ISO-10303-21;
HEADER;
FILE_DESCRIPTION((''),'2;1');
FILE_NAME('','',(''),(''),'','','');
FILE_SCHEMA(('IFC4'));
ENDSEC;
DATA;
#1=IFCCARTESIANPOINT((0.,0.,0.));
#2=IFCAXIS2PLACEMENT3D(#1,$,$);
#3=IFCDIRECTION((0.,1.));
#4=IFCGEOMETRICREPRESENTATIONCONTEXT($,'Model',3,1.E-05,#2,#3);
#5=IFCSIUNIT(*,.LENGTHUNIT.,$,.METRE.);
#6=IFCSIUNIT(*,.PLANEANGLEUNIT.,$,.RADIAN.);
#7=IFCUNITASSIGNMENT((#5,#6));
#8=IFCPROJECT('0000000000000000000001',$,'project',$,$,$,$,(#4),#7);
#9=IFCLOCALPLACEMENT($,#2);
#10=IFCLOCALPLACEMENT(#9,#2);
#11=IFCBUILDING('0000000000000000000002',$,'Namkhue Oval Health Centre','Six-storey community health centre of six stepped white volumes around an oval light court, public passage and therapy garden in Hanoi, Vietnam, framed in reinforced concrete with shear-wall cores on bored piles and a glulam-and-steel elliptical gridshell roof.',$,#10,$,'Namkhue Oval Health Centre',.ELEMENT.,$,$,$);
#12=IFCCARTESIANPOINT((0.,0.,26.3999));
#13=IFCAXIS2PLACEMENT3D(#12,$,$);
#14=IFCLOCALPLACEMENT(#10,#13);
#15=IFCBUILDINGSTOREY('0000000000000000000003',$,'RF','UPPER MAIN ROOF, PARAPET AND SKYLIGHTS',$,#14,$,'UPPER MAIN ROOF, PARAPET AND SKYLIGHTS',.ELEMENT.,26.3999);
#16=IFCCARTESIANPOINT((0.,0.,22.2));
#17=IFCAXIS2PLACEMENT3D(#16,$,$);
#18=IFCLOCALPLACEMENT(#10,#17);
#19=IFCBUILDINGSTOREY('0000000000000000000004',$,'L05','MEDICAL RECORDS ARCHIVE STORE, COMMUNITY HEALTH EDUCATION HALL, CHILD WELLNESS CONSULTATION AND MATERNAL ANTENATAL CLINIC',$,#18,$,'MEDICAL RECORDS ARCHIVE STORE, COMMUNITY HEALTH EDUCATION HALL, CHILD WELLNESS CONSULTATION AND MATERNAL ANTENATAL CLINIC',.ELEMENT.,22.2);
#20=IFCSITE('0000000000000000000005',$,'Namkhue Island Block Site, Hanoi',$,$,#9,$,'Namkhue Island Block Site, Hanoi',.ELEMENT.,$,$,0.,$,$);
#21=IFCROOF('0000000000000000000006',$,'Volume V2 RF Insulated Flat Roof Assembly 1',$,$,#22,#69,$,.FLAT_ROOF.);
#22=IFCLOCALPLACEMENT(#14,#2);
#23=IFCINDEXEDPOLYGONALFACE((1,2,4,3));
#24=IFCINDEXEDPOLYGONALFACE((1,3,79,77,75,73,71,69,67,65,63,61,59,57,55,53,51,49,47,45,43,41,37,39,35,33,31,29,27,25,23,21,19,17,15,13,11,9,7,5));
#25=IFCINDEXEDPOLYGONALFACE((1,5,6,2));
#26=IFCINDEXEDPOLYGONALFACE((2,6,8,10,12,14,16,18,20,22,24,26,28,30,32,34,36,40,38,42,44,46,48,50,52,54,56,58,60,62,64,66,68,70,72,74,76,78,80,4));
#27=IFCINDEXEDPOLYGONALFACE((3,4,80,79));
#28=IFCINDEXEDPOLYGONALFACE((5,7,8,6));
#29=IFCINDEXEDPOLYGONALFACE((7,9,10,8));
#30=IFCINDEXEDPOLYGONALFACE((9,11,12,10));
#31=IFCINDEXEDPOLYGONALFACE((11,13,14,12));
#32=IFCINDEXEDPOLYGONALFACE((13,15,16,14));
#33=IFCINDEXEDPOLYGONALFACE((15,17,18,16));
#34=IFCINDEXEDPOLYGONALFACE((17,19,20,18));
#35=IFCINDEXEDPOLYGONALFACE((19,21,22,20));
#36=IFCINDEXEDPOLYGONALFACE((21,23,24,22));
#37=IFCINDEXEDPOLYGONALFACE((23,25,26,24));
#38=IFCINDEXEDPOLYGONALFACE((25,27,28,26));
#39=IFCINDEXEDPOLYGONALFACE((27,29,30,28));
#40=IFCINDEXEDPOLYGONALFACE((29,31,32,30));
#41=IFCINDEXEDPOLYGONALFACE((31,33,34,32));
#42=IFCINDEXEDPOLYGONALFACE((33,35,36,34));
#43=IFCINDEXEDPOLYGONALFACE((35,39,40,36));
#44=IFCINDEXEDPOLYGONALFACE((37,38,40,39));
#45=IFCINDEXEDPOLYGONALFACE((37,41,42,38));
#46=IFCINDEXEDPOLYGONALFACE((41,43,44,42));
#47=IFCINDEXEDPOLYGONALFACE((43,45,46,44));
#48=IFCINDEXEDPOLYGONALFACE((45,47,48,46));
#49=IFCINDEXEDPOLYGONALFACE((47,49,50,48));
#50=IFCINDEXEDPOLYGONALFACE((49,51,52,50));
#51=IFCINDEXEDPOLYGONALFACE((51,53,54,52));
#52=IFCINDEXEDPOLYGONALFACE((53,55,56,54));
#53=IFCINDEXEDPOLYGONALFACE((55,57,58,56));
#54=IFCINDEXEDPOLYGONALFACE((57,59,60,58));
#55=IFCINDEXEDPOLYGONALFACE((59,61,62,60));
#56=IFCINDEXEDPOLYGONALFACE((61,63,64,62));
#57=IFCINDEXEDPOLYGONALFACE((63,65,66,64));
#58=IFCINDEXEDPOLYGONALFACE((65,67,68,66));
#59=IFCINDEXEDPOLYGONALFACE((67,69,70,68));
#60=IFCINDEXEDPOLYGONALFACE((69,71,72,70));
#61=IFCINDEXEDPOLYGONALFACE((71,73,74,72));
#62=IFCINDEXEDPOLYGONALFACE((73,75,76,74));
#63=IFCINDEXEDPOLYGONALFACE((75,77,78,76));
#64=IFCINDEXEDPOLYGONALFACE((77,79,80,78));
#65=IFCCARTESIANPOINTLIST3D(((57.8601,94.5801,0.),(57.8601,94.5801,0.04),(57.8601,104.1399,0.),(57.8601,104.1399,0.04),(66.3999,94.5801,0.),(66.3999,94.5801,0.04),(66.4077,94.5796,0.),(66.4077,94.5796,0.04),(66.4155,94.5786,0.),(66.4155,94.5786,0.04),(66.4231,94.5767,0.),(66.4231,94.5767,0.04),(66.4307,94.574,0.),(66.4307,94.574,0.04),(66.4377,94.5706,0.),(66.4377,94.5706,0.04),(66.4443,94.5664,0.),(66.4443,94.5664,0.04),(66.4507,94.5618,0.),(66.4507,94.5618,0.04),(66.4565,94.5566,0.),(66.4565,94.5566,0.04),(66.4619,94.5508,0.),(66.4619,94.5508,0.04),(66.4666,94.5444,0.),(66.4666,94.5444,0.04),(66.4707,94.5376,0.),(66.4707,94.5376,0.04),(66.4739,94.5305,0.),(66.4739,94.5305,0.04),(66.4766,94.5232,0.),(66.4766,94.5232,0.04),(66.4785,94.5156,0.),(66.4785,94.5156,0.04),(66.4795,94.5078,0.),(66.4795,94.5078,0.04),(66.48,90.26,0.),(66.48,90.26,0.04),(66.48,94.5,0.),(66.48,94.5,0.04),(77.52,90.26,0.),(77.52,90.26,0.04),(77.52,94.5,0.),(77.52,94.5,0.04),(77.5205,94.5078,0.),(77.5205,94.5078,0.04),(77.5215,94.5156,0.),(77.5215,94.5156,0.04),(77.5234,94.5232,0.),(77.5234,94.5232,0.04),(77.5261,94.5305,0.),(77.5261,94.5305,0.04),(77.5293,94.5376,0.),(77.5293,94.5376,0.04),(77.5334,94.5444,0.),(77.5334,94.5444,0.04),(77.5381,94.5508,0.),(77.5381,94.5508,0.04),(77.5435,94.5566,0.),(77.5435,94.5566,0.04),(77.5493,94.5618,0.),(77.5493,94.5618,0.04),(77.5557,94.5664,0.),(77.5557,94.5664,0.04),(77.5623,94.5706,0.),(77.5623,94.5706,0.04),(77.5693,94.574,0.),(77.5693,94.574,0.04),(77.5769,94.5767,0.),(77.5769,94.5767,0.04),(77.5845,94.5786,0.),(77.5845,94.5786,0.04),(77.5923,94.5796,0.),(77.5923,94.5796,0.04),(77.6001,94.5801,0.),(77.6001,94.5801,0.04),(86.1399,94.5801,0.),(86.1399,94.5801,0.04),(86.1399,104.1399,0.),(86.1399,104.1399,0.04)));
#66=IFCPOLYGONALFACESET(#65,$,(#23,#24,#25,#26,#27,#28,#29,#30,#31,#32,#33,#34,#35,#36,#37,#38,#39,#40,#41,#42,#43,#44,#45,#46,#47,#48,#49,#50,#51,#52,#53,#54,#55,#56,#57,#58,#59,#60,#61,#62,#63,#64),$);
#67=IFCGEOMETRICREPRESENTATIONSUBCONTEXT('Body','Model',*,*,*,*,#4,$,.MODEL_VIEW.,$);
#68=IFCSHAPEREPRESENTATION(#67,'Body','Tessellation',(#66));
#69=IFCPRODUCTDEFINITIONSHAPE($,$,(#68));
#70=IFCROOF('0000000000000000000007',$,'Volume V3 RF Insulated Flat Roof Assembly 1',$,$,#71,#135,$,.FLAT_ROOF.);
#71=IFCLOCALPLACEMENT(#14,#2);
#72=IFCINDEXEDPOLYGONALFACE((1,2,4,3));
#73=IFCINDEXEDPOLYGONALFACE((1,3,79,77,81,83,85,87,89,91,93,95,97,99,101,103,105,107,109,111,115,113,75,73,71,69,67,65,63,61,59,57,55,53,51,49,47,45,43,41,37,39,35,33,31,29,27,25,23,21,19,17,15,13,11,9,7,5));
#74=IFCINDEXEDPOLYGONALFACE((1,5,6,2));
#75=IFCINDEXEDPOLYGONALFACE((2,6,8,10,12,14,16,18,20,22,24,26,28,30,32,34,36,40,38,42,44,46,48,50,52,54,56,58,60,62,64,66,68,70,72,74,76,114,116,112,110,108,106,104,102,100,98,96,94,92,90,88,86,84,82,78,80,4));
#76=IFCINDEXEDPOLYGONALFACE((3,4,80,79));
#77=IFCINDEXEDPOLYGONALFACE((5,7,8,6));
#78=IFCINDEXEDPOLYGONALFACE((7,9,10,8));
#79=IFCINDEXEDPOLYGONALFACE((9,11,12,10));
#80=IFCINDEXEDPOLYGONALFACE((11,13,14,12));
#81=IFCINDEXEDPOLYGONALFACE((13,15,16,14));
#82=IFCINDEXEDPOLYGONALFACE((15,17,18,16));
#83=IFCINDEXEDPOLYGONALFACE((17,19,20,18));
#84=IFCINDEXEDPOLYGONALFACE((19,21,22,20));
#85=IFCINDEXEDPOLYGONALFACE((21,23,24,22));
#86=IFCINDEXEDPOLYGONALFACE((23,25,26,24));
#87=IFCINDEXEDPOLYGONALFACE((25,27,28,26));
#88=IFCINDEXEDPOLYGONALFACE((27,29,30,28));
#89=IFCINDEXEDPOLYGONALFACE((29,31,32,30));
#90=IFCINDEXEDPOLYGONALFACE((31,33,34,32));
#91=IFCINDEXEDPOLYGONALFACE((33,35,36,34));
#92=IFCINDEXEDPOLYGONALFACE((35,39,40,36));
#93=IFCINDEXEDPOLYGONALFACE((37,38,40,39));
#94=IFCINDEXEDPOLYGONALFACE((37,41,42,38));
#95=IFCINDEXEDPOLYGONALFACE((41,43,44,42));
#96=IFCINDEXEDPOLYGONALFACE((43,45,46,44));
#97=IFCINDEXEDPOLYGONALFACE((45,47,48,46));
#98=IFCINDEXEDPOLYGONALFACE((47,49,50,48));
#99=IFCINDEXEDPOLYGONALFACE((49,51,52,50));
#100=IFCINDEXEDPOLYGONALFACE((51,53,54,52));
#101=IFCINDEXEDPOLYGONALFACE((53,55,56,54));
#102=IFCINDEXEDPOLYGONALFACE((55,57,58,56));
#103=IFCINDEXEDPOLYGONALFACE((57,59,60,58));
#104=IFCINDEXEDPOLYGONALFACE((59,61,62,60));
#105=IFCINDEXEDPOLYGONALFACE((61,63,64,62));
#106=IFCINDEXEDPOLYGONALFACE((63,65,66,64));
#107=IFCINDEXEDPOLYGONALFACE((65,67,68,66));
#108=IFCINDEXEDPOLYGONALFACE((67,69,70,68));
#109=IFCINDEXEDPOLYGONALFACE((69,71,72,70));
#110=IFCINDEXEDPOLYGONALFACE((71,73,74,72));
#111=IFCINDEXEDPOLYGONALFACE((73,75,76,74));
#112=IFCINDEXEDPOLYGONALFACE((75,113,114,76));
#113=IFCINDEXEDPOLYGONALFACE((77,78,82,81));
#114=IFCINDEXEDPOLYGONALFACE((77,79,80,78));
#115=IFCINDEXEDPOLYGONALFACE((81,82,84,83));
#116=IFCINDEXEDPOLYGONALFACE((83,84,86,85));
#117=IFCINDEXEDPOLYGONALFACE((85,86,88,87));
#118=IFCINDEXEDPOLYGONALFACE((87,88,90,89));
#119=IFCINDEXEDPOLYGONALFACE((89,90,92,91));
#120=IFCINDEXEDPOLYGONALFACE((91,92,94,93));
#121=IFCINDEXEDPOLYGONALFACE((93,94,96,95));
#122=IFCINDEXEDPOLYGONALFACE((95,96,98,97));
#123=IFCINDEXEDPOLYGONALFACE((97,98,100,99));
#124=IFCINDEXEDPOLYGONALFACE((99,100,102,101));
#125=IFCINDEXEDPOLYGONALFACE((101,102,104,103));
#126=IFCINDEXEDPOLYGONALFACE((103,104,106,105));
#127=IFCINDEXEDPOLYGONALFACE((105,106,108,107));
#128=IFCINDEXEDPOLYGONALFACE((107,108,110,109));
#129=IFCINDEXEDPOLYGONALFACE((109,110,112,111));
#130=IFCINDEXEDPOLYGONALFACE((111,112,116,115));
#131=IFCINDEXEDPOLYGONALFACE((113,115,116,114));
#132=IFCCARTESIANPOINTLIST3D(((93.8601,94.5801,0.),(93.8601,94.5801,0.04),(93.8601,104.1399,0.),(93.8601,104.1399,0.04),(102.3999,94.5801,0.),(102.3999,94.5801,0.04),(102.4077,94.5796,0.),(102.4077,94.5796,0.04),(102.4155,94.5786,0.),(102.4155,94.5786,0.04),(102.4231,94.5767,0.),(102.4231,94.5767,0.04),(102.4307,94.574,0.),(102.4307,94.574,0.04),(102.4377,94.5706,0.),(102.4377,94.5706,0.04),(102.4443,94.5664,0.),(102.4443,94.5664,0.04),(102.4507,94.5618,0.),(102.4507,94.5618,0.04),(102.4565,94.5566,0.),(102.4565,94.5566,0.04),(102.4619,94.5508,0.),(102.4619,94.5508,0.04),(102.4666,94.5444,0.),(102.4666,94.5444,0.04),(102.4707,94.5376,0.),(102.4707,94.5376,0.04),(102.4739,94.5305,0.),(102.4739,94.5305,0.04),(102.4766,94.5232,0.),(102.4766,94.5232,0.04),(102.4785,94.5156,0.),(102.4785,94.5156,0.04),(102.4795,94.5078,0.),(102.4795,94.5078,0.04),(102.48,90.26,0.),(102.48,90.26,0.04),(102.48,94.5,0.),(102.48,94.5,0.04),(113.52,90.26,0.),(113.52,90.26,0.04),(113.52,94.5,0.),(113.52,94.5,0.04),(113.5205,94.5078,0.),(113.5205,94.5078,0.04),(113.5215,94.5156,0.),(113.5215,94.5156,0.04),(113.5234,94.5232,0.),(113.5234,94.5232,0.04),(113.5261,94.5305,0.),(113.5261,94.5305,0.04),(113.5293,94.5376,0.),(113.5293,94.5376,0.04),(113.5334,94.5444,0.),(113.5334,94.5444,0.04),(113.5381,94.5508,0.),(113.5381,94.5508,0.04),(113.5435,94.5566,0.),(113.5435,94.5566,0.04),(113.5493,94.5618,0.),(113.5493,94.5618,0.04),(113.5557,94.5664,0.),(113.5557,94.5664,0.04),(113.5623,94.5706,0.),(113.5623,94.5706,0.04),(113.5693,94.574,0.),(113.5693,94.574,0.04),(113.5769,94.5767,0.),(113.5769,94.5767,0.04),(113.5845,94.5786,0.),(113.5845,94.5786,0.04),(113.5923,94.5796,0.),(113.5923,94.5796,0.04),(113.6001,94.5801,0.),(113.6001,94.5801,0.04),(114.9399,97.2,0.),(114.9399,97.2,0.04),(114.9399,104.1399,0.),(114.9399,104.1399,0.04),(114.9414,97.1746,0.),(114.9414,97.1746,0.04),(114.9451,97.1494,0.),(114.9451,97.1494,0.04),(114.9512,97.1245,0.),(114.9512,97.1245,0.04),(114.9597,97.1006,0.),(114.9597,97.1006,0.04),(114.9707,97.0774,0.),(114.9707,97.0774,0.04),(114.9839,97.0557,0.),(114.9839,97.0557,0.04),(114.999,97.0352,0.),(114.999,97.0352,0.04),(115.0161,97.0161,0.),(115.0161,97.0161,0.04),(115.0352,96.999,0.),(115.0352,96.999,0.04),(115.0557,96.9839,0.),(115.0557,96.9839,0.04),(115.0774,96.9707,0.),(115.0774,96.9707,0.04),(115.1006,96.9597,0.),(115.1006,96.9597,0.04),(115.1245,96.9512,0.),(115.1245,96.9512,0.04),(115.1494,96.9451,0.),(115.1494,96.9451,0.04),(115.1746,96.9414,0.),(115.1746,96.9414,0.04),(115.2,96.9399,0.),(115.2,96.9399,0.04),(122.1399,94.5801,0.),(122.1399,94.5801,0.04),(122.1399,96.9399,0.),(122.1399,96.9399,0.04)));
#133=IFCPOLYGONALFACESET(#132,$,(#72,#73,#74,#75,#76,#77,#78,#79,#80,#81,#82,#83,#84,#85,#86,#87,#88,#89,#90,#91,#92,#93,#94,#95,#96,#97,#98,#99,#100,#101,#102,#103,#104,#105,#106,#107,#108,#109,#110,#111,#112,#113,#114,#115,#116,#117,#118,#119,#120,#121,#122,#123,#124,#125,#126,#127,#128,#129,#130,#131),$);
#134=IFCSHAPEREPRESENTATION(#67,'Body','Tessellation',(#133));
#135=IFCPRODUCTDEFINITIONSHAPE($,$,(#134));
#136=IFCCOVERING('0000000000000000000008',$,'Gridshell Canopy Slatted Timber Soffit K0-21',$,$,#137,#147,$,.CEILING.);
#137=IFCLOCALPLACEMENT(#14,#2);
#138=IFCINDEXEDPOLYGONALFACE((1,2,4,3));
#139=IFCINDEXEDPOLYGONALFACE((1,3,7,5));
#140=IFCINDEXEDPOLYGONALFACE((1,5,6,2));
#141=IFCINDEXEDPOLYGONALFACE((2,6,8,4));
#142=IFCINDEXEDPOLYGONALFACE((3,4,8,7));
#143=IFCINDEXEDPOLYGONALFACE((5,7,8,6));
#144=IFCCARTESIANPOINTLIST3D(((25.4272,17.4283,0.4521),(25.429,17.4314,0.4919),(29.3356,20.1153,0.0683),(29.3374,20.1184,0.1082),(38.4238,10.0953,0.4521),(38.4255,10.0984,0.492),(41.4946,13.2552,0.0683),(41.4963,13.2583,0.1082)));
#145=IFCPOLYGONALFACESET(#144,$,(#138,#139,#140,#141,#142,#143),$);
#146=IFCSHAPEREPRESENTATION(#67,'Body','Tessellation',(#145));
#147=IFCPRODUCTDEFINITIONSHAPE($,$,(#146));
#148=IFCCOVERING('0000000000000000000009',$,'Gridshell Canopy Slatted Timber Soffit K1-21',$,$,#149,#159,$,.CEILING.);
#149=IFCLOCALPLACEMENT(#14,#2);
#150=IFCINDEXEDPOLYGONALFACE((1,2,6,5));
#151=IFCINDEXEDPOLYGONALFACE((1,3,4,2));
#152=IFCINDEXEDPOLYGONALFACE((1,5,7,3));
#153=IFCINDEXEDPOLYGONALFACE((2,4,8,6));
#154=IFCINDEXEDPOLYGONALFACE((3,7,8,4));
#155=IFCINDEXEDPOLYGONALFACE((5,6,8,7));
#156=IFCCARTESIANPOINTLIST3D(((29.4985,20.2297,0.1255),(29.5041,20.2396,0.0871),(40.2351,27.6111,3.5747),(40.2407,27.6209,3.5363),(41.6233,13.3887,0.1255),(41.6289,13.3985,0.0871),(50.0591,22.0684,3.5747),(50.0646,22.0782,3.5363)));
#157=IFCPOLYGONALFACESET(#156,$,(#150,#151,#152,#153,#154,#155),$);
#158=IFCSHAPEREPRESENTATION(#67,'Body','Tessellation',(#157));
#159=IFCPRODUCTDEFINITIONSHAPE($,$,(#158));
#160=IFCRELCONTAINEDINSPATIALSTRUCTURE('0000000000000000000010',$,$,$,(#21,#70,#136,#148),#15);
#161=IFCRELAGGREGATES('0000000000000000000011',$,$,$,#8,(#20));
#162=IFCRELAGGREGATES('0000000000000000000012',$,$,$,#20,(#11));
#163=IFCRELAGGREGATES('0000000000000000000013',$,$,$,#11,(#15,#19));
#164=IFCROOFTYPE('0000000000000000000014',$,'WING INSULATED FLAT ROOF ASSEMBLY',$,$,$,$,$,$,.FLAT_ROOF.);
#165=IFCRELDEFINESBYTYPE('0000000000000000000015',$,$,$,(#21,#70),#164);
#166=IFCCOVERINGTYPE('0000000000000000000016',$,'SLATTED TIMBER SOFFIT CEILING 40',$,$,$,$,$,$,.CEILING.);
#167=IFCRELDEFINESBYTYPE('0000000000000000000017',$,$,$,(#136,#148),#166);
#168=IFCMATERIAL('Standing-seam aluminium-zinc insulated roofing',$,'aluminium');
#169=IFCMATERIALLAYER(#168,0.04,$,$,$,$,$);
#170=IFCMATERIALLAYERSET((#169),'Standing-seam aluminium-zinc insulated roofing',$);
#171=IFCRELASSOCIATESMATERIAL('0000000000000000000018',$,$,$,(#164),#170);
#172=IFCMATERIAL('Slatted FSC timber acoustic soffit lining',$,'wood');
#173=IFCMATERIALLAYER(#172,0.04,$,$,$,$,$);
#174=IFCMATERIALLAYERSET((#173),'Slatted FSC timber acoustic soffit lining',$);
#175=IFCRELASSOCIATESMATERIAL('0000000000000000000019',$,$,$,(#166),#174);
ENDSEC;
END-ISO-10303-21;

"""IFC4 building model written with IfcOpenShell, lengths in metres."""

from ifc_helpers import new_model, si_unit, direction, frame, origin, place, context, subcontext, project, spatial, polyline, outline, extrude, material, layer, layer_set, type_object, element, save


model = new_model("IFC4")

# Units and contexts
model_context = context("Model", 3, precision=1e-05, world=origin(), true_north=direction((0.0, 1.0)))
body_context = subcontext(model_context, "Body", "Model", "MODEL_VIEW")
ifc_project = project(units=[si_unit("LENGTHUNIT", "METRE"), si_unit("PLANEANGLEUNIT", "RADIAN")], contexts=[model_context])

# Site, building, storey
site_placement = place(None, origin())
site = spatial("IfcSite", under=ifc_project, at=site_placement, Name="Namkhue Island Block Site, Hanoi", LongName="Namkhue Island Block Site, Hanoi", CompositionType="ELEMENT", RefElevation=0.0)
building_placement = place(site_placement, origin())
building = spatial("IfcBuilding", under=site, at=building_placement, Name="Namkhue Oval Health Centre", Description="Six-storey community health centre of six stepped white volumes around an oval light court, public passage and therapy garden in Hanoi, Vietnam, framed in reinforced concrete with shear-wall cores on bored piles and a glulam-and-steel elliptical gridshell roof.", LongName="Namkhue Oval Health Centre", CompositionType="ELEMENT")
storey_1_placement = place(building_placement, frame((0.0, 0.0, 26.3999)))
storey_1 = spatial("IfcBuildingStorey", under=building, at=storey_1_placement, Name="RF", Description="UPPER MAIN ROOF, PARAPET AND SKYLIGHTS", LongName="UPPER MAIN ROOF, PARAPET AND SKYLIGHTS", CompositionType="ELEMENT", Elevation=26.3999)

# Shared definitions
storey_2_placement = place(building_placement, frame((0.0, 0.0, 22.2)))
storey_2 = spatial("IfcBuildingStorey", under=building, at=storey_2_placement, Name="L05", Description="MEDICAL RECORDS ARCHIVE STORE, COMMUNITY HEALTH EDUCATION HALL, CHILD WELLNESS CONSULTATION AND MATERNAL ANTENATAL CLINIC", LongName="MEDICAL RECORDS ARCHIVE STORE, COMMUNITY HEALTH EDUCATION HALL, CHILD WELLNESS CONSULTATION AND MATERNAL ANTENATAL CLINIC", CompositionType="ELEMENT", Elevation=22.2)

# Roofs
ifc_material_1 = material(Name="Standing-seam aluminium-zinc insulated roofing", Category="aluminium")
ifc_layer_1 = layer(ifc_material_1, 0.04)
ifc_layer_set_1 = layer_set([ifc_layer_1], Name="Standing-seam aluminium-zinc insulated roofing")
roof_type = type_object("IfcRoofType", Name="WING INSULATED FLAT ROOF ASSEMBLY", PredefinedType="FLAT_ROOF", material=ifc_layer_set_1)
roof_1_placement = place(storey_1_placement, origin())
element("IfcRoof", 1, at=roof_1_placement, inside=storey_1, type_object=roof_type, Name="Volume V2 RF Insulated Flat Roof Assembly 1", PredefinedType="FLAT_ROOF", context=body_context, shape_type="SweptSolid", body=[
    extrude(outline(polyline([(86.1399, 104.1399), (86.1399, 94.5801), (77.6001, 94.5801), (77.5923, 94.5796), (77.5845, 94.5786), (77.5769, 94.5767), (77.5693, 94.574), (77.5623, 94.5706), (77.5557, 94.5664), (77.5493, 94.5618), (77.5435, 94.5566), (77.5381, 94.5508), (77.5334, 94.5444), (77.5293, 94.5376), (77.5261, 94.5305), (77.5234, 94.5232), (77.5215, 94.5156), (77.5205, 94.5078), (77.52, 94.5), (77.52, 90.26), (66.48, 90.26), (66.48, 94.5), (66.4795, 94.5078), (66.4785, 94.5156), (66.4766, 94.5232), (66.4739, 94.5305), (66.4707, 94.5376), (66.4666, 94.5444), (66.4619, 94.5508), (66.4565, 94.5566), (66.4507, 94.5618), (66.4443, 94.5664), (66.4377, 94.5706), (66.4307, 94.574), (66.4231, 94.5767), (66.4155, 94.5786), (66.4077, 94.5796), (66.3999, 94.5801), (57.8601, 94.5801), (57.8601, 104.1399), (86.1399, 104.1399)])), origin(), (0.0, 0.0, 1.0), 0.04),
])
roof_2_placement = place(storey_1_placement, origin())
element("IfcRoof", 2, at=roof_2_placement, inside=storey_1, type_object=roof_type, Name="Volume V3 RF Insulated Flat Roof Assembly 1", PredefinedType="FLAT_ROOF", context=body_context, shape_type="SweptSolid", body=[
    extrude(outline(polyline([(114.9399, 104.1399), (114.9399, 97.2), (114.9414, 97.1746), (114.9451, 97.1494), (114.9512, 97.1245), (114.9597, 97.1006), (114.9707, 97.0774), (114.9839, 97.0557), (114.999, 97.0352), (115.0161, 97.0161), (115.0352, 96.999), (115.0557, 96.9839), (115.0774, 96.9707), (115.1006, 96.9597), (115.1245, 96.9512), (115.1494, 96.9451), (115.1746, 96.9414), (115.2, 96.9399), (122.1399, 96.9399), (122.1399, 94.5801), (113.6001, 94.5801), (113.5923, 94.5796), (113.5845, 94.5786), (113.5769, 94.5767), (113.5693, 94.574), (113.5623, 94.5706), (113.5557, 94.5664), (113.5493, 94.5618), (113.5435, 94.5566), (113.5381, 94.5508), (113.5334, 94.5444), (113.5293, 94.5376), (113.5261, 94.5305), (113.5234, 94.5232), (113.5215, 94.5156), (113.5205, 94.5078), (113.52, 94.5), (113.52, 90.26), (102.48, 90.26), (102.48, 94.5), (102.4795, 94.5078), (102.4785, 94.5156), (102.4766, 94.5232), (102.4739, 94.5305), (102.4707, 94.5376), (102.4666, 94.5444), (102.4619, 94.5508), (102.4565, 94.5566), (102.4507, 94.5618), (102.4443, 94.5664), (102.4377, 94.5706), (102.4307, 94.574), (102.4231, 94.5767), (102.4155, 94.5786), (102.4077, 94.5796), (102.3999, 94.5801), (93.8601, 94.5801), (93.8601, 104.1399), (114.9399, 104.1399)])), origin(), (0.0, 0.0, 1.0), 0.04),
])

# Coverings
ifc_material_2 = material(Name="Slatted FSC timber acoustic soffit lining", Category="wood")
ifc_layer_2 = layer(ifc_material_2, 0.04)
ifc_layer_set_2 = layer_set([ifc_layer_2], Name="Slatted FSC timber acoustic soffit lining")
covering_type_1 = type_object("IfcCoveringType", Name="SLATTED TIMBER SOFFIT CEILING 40", PredefinedType="CEILING", material=ifc_layer_set_2)
covering_1_placement = place(storey_1_placement, frame((25.429, 17.4314, 0.4919), z_axis=(0.044082, 0.07813, 0.995968), x_axis=(0.870933, -0.491403, 0.000001)))
element("IfcCovering", 3, at=covering_1_placement, inside=storey_1, type_object=covering_type_1, Name="Gridshell Canopy Slatted Timber Soffit K0-21", PredefinedType="CEILING", context=body_context, shape_type="SweptSolid", body=[
    extrude(outline(polyline([(0.0, 0.0), (14.9226, 0.0), (16.0443, 4.2783), (2.0836, 4.2781), (0.0, 0.0)])), origin(), (0.0, 0.0, -1.0), 0.04),
])
covering_2_placement = place(storey_1_placement, frame((29.4985, 20.2297, 0.1255), z_axis=(-0.138902, -0.246187, 0.959217), x_axis=(0.870934, -0.4914, -0.000002)))
element("IfcCovering", 4, at=covering_2_placement, inside=storey_1, type_object=covering_type_1, Name="Gridshell Canopy Slatted Timber Soffit K1-21", PredefinedType="CEILING", context=body_context, shape_type="SweptSolid", body=[
    extrude(outline(polyline([(0.0, 0.0), (13.9216, 0.0), (17.0034, 12.2024), (5.7236, 12.2023), (0.0, 0.0)])), origin(), (0.0, 0.0, -1.0), 0.04),
])

save(model, "model.ifc")
